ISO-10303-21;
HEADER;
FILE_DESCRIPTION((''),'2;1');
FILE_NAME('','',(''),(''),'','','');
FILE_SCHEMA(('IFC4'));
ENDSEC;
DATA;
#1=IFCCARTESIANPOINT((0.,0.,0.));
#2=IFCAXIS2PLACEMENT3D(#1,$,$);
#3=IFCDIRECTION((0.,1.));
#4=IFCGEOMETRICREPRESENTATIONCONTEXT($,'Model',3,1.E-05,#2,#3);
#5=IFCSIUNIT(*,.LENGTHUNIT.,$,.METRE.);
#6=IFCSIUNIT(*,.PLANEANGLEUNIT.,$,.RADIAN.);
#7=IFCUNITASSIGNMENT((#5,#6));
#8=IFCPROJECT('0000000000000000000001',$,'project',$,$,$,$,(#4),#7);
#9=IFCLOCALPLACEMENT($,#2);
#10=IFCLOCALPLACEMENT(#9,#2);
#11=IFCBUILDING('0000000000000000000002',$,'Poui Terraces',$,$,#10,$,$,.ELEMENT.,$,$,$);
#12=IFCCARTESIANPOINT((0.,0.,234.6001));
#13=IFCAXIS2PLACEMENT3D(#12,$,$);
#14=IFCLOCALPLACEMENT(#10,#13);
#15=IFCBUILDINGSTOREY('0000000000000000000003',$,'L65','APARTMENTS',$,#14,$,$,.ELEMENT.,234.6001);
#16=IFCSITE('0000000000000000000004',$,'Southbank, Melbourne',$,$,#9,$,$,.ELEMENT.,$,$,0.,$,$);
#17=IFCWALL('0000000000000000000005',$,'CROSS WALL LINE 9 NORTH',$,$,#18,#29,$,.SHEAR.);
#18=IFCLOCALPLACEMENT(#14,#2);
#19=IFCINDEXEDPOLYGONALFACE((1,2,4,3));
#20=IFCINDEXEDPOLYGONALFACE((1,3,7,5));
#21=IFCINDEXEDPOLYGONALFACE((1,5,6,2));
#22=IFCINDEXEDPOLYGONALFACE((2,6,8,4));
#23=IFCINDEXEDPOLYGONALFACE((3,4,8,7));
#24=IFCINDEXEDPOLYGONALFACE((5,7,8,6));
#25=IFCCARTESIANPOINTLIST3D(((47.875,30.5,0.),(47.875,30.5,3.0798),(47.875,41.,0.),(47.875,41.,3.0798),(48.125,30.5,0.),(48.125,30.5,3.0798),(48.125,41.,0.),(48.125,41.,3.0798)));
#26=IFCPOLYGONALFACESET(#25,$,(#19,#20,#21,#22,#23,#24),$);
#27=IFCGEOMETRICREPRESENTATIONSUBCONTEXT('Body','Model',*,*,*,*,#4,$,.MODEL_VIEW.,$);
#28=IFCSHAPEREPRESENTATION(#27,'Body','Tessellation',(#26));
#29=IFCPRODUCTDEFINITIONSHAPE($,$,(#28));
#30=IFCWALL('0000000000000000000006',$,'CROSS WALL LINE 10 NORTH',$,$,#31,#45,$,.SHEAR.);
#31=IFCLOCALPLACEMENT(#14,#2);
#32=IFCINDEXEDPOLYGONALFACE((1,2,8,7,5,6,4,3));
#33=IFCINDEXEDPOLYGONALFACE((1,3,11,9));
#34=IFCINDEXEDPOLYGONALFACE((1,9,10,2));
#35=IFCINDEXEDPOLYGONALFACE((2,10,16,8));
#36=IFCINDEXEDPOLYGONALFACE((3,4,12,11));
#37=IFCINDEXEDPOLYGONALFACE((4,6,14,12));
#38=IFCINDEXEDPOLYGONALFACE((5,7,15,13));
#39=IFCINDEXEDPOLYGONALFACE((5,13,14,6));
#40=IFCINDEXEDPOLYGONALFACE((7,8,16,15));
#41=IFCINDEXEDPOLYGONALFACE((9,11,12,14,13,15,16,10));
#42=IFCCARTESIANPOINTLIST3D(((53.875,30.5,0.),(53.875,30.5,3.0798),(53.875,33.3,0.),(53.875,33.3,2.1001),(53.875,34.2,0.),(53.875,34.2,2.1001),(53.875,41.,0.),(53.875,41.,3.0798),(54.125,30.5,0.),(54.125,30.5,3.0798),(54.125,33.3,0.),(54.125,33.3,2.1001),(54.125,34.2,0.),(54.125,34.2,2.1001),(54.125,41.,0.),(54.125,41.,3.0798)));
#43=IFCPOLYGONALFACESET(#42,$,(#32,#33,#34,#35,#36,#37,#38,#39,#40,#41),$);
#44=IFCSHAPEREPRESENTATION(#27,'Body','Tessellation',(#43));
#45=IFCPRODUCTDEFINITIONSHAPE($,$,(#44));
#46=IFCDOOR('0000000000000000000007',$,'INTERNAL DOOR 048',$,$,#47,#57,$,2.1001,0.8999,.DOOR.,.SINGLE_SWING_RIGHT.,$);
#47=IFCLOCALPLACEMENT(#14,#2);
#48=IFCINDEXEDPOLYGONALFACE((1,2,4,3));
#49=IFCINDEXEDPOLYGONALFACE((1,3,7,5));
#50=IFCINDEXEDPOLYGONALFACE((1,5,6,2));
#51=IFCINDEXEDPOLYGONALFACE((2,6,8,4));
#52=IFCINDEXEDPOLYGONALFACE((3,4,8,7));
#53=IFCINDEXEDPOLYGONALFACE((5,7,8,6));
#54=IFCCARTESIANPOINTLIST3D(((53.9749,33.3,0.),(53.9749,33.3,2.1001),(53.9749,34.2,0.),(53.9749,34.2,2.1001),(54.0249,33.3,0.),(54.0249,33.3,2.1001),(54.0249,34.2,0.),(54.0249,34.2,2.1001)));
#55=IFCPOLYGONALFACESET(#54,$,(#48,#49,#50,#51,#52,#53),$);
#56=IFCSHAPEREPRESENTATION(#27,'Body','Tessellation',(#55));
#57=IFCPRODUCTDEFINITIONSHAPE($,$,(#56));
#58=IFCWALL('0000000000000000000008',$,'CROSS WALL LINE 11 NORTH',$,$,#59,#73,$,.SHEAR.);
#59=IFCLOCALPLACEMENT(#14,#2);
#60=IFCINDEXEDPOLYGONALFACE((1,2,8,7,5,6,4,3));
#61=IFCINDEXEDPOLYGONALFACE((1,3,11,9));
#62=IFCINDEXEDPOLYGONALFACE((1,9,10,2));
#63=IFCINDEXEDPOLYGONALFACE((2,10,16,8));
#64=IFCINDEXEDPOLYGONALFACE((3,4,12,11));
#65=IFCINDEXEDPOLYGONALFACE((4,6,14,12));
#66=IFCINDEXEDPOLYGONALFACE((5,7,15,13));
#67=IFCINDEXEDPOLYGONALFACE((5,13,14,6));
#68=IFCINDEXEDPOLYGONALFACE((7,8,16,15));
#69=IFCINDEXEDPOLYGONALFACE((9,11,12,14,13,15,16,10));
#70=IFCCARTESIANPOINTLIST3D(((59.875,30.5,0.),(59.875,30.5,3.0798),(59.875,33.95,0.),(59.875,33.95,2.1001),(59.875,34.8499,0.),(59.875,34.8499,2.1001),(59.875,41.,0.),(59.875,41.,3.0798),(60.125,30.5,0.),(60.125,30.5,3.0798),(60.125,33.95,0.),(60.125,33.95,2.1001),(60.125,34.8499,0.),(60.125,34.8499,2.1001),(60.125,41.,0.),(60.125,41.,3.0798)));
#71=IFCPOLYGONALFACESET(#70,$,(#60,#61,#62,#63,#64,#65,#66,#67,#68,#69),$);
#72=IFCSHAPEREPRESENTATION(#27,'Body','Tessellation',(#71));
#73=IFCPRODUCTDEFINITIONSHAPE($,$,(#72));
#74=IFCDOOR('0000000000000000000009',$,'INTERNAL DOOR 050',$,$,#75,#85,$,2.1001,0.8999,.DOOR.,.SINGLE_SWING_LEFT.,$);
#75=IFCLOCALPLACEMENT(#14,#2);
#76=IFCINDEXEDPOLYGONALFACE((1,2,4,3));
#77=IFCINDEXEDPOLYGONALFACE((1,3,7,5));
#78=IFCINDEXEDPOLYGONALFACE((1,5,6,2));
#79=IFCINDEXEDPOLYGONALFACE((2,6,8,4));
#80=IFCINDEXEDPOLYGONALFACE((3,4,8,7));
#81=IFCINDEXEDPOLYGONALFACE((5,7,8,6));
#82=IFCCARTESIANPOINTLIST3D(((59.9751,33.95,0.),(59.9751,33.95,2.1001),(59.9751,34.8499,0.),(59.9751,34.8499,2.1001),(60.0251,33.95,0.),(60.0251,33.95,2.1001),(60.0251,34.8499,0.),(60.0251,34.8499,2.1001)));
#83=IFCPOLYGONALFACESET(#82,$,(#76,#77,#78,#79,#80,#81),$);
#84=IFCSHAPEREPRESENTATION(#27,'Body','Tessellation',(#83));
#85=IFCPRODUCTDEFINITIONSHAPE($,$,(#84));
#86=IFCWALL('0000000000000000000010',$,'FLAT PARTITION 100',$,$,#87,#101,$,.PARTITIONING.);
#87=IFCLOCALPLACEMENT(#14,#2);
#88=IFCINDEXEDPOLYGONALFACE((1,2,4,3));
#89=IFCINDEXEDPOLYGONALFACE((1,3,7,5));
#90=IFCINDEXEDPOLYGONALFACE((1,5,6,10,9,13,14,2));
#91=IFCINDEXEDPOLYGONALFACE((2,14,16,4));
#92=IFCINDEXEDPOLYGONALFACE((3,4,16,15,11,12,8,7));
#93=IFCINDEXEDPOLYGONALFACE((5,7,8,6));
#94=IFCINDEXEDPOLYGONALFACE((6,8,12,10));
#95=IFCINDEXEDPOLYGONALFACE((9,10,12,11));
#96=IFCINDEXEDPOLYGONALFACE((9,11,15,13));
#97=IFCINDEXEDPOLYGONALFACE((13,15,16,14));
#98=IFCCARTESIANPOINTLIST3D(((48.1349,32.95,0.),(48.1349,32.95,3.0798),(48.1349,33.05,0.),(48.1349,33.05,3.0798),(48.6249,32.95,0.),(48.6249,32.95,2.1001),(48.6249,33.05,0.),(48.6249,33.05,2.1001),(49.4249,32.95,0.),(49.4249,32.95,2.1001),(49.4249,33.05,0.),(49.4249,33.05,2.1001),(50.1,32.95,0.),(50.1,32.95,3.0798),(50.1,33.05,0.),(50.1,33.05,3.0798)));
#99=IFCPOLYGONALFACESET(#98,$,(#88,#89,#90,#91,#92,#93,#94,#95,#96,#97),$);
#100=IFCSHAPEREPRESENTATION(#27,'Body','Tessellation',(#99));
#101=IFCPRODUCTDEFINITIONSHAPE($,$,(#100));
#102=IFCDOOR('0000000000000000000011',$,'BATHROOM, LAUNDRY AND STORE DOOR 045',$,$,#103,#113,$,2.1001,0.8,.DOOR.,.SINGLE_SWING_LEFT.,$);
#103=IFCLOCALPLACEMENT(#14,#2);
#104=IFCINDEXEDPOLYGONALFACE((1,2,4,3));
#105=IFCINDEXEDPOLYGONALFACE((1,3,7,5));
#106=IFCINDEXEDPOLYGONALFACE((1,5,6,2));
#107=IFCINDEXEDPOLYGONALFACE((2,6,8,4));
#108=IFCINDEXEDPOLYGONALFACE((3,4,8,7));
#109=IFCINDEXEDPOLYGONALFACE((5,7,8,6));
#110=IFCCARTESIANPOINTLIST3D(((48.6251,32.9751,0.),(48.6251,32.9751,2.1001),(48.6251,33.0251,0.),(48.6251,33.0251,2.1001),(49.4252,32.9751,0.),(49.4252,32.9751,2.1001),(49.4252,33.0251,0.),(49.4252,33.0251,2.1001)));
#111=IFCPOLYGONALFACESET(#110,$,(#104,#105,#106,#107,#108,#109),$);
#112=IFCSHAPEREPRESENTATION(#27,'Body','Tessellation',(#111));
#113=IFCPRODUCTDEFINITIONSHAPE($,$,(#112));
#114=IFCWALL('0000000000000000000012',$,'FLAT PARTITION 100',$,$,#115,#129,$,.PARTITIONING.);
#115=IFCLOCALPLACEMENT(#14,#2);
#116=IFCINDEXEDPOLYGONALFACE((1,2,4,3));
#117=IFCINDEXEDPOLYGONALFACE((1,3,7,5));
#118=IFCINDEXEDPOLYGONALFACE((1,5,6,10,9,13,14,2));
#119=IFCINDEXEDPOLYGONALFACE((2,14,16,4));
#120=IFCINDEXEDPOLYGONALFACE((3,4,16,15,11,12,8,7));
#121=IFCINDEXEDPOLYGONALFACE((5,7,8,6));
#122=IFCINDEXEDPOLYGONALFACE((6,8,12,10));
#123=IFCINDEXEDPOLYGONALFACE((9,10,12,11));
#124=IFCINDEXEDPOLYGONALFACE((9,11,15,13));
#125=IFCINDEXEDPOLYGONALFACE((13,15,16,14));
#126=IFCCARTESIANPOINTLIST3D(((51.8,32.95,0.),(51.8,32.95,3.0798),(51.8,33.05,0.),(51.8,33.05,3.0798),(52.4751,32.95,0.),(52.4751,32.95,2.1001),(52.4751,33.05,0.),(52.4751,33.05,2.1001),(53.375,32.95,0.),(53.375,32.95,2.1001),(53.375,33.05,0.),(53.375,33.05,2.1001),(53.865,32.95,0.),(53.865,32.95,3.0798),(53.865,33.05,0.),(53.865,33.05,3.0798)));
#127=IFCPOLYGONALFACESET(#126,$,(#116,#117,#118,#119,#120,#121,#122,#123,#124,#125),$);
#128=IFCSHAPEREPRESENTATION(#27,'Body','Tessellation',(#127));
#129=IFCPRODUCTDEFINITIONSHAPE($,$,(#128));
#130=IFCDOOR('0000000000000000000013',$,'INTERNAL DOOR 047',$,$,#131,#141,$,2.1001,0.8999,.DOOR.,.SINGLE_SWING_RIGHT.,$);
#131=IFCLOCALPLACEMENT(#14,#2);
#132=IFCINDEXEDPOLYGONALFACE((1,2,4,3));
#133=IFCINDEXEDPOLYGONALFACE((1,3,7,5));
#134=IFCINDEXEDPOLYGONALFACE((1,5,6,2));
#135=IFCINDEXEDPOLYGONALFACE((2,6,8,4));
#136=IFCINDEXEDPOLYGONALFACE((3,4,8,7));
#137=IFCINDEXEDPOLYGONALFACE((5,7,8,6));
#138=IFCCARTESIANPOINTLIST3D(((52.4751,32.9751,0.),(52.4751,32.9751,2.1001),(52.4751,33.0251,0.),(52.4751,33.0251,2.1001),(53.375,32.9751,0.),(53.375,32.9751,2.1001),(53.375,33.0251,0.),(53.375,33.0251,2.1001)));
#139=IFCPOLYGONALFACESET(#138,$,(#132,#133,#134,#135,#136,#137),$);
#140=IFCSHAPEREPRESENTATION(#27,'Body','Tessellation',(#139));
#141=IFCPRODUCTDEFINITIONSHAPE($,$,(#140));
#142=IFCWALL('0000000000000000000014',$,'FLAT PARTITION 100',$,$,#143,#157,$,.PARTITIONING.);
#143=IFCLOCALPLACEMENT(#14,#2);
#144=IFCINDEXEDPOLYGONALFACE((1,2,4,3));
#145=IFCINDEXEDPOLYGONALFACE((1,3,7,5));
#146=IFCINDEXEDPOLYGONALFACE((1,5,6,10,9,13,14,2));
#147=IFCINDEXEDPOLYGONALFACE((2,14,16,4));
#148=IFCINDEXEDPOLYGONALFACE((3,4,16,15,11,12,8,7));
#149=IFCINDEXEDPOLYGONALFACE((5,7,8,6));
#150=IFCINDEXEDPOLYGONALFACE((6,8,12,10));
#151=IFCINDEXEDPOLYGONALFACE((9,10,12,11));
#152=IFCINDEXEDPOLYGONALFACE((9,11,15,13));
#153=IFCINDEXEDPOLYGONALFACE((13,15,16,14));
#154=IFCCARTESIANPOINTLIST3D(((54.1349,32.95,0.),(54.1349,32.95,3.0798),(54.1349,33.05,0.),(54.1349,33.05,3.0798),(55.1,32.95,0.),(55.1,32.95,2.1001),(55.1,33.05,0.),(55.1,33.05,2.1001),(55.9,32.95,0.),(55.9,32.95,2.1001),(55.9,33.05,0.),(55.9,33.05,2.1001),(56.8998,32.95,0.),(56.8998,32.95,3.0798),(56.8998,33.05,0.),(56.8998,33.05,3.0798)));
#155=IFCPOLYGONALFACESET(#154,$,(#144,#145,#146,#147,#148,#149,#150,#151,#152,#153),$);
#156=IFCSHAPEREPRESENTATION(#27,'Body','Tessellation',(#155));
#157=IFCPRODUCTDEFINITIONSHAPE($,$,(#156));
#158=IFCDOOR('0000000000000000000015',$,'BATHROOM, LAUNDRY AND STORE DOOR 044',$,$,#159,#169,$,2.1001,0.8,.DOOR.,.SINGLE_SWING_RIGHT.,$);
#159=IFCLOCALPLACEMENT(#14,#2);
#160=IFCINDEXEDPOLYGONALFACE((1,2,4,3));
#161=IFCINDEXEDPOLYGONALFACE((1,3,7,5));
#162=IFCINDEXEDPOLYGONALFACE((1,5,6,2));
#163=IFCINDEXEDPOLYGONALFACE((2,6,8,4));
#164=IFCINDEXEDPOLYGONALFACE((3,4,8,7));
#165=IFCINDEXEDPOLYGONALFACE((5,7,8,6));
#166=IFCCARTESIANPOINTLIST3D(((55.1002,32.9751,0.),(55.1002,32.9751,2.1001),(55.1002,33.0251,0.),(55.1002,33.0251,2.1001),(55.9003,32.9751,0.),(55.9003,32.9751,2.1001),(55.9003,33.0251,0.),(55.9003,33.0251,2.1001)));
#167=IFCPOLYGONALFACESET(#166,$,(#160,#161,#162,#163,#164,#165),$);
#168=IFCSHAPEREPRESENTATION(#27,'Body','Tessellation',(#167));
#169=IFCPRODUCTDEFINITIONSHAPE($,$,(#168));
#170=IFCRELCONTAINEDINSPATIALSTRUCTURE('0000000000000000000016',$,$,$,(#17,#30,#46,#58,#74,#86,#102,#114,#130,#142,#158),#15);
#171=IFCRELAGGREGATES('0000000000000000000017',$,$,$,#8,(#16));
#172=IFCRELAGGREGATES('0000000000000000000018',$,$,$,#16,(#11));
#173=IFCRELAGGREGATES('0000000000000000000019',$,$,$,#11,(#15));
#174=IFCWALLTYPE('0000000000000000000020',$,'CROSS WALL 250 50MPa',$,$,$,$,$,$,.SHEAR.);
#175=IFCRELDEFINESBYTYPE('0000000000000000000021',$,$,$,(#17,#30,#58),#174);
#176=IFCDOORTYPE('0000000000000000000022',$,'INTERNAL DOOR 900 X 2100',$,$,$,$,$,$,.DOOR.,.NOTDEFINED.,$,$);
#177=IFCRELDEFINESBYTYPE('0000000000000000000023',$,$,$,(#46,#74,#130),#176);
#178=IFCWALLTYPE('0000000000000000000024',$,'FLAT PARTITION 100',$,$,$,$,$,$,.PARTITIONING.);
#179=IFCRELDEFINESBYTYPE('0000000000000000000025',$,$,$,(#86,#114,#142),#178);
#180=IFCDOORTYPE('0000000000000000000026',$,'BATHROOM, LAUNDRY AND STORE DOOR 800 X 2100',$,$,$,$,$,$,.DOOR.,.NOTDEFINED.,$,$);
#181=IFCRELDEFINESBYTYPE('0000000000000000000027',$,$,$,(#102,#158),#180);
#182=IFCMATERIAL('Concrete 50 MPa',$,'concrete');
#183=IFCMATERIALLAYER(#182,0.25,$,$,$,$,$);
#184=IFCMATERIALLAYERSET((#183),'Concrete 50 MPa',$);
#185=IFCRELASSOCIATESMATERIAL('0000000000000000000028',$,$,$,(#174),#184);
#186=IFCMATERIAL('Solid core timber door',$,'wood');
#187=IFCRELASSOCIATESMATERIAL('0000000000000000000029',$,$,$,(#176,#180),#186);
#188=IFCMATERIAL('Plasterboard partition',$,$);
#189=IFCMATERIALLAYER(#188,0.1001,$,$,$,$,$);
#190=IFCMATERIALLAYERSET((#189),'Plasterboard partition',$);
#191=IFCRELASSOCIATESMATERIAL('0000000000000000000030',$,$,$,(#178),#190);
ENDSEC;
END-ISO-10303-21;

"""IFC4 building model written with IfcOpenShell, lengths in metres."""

from ifc_helpers import new_model, si_unit, direction, frame, frame_2d, origin, place, context, subcontext, project, spatial, rectangle, extrude, material, layer, layer_set, type_object, element, fill, save


model = new_model("IFC4")

# Units and contexts
model_context = context("Model", 3, precision=1e-05, world=origin(), true_north=direction((0.0, 1.0)))
body_context = subcontext(model_context, "Body", "Model", "MODEL_VIEW")
ifc_project = project(units=[si_unit("LENGTHUNIT", "METRE"), si_unit("PLANEANGLEUNIT", "RADIAN")], contexts=[model_context])

# Site, building, storey
site_placement = place(None, origin())
site = spatial("IfcSite", under=ifc_project, at=site_placement, Name="Southbank, Melbourne", CompositionType="ELEMENT", RefElevation=0.0)
building_placement = place(site_placement, origin())
building = spatial("IfcBuilding", under=site, at=building_placement, Name="Poui Terraces", CompositionType="ELEMENT")
storey_placement = place(building_placement, frame((0.0, 0.0, 234.6001)))
storey = spatial("IfcBuildingStorey", under=building, at=storey_placement, Name="L65", Description="APARTMENTS", CompositionType="ELEMENT", Elevation=234.6001)

# Wall
ifc_material_1 = material(Name="Concrete 50 MPa", Category="concrete")
ifc_layer_1 = layer(ifc_material_1, 0.25)
ifc_layer_set_1 = layer_set([ifc_layer_1], Name="Concrete 50 MPa")
wall_type_1 = type_object("IfcWallType", Name="CROSS WALL 250 50MPa", PredefinedType="SHEAR", material=ifc_layer_set_1)
wall_1_placement = place(storey_placement, frame((48.0, 30.5, 0.0), z_axis=(0.0, 0.0, 1.0), x_axis=(0.0, 1.0, 0.0)))
element("IfcWall", 1, at=wall_1_placement, inside=storey, type_object=wall_type_1, Name="CROSS WALL LINE 9 NORTH", PredefinedType="SHEAR", context=body_context, shape_type="SweptSolid", body=[
    extrude(rectangle(XDim=10.5, YDim=0.25, at=frame_2d((5.25, 0.0))), origin(), (0.0, 0.0, 1.0), 3.0798),
])

# Walls, openings, doors
wall_2_placement = place(storey_placement, frame((54.0, 30.5, 0.0), z_axis=(0.0, 0.0, 1.0), x_axis=(0.0, 1.0, 0.0)))
wall_2 = element("IfcWall", 2, at=wall_2_placement, inside=storey, type_object=wall_type_1, Name="CROSS WALL LINE 10 NORTH", PredefinedType="SHEAR", context=body_context, shape_type="SweptSolid", body=[
    extrude(rectangle(XDim=10.5, YDim=0.25, at=frame_2d((5.25, 0.0))), origin(), (0.0, 0.0, 1.0), 3.0798),
])
opening_1_placement = place(wall_2_placement, frame((2.8, 0.0, 0.0)))
opening_1 = element("IfcOpeningElement", 3, at=opening_1_placement, cuts=wall_2, PredefinedType="OPENING", context=body_context, shape_type="SweptSolid", body=[
    extrude(rectangle(XDim=0.8999, YDim=2.1001, at=frame_2d((0.45, 1.05))), frame((0.0, 0.135, 0.0), z_axis=(0.0, -1.0, 0.0), x_axis=(1.0, 0.0, 0.0)), (0.0, 0.0, 1.0), 0.27),
])
ifc_material_2 = material(Name="Solid core timber door", Category="wood")
door_type_1 = type_object("IfcDoorType", Name="INTERNAL DOOR 900 X 2100", OperationType="NOTDEFINED", PredefinedType="DOOR", material=ifc_material_2)
door_1_placement = place(opening_1_placement, frame((0.8999, 0.0, 0.0), z_axis=(0.0, 0.0, 1.0), x_axis=(-1.0, 0.0, 0.0)))
door_1 = element("IfcDoor", 4, at=door_1_placement, inside=storey, type_object=door_type_1, Name="INTERNAL DOOR 048", OperationType="SINGLE_SWING_RIGHT", OverallHeight=2.1001, OverallWidth=0.8999, PredefinedType="DOOR", context=body_context, shape_type="SweptSolid", body=[
    extrude(rectangle(XDim=0.8999, YDim=2.1001, at=frame_2d((0.45, 1.05))), frame((0.0, 0.0249, 0.0), z_axis=(0.0, -1.0, 0.0), x_axis=(1.0, 0.0, 0.0)), (0.0, 0.0, 1.0), 0.05),
])
fill(opening_1, door_1)
wall_3_placement = place(storey_placement, frame((60.0, 30.5, 0.0), z_axis=(0.0, 0.0, 1.0), x_axis=(0.0, 1.0, 0.0)))
wall_3 = element("IfcWall", 5, at=wall_3_placement, inside=storey, type_object=wall_type_1, Name="CROSS WALL LINE 11 NORTH", PredefinedType="SHEAR", context=body_context, shape_type="SweptSolid", body=[
    extrude(rectangle(XDim=10.5, YDim=0.25, at=frame_2d((5.25, 0.0))), origin(), (0.0, 0.0, 1.0), 3.0798),
])
opening_2_placement = place(wall_3_placement, frame((3.45, 0.0, 0.0)))
opening_2 = element("IfcOpeningElement", 6, at=opening_2_placement, cuts=wall_3, PredefinedType="OPENING", context=body_context, shape_type="SweptSolid", body=[
    extrude(rectangle(XDim=0.8999, YDim=2.1001, at=frame_2d((0.45, 1.05))), frame((0.0, 0.135, 0.0), z_axis=(0.0, -1.0, 0.0), x_axis=(1.0, 0.0, 0.0)), (0.0, 0.0, 1.0), 0.27),
])
door_2_placement = place(opening_2_placement, origin())
door_2 = element("IfcDoor", 7, at=door_2_placement, inside=storey, type_object=door_type_1, Name="INTERNAL DOOR 050", OperationType="SINGLE_SWING_LEFT", OverallHeight=2.1001, OverallWidth=0.8999, PredefinedType="DOOR", context=body_context, shape_type="SweptSolid", body=[
    extrude(rectangle(XDim=0.8999, YDim=2.1001, at=frame_2d((0.45, 1.05))), frame((0.0, 0.0249, 0.0), z_axis=(0.0, -1.0, 0.0), x_axis=(1.0, 0.0, 0.0)), (0.0, 0.0, 1.0), 0.05),
])
fill(opening_2, door_2)
ifc_material_3 = material(Name="Plasterboard partition")
ifc_layer_2 = layer(ifc_material_3, 0.1001)
ifc_layer_set_2 = layer_set([ifc_layer_2], Name="Plasterboard partition")
wall_type_2 = type_object("IfcWallType", Name="FLAT PARTITION 100", PredefinedType="PARTITIONING", material=ifc_layer_set_2)
wall_4_placement = place(storey_placement, frame((48.135, 33.0, 0.0), z_axis=(0.0, 0.0, 1.0), x_axis=(1.0, 0.0, 0.0)))
wall_4 = element("IfcWall", 8, at=wall_4_placement, inside=storey, type_object=wall_type_2, Name="FLAT PARTITION 100", PredefinedType="PARTITIONING", context=body_context, shape_type="SweptSolid", body=[
    extrude(rectangle(XDim=1.9651, YDim=0.1001, at=frame_2d((0.9824, 0.0))), origin(), (0.0, 0.0, 1.0), 3.0798),
])
opening_3_placement = place(wall_4_placement, frame((0.49, 0.0, 0.0)))
opening_3 = element("IfcOpeningElement", 9, at=opening_3_placement, cuts=wall_4, PredefinedType="OPENING", context=body_context, shape_type="SweptSolid", body=[
    extrude(rectangle(XDim=0.8, YDim=2.1001, at=frame_2d((0.3999, 1.05))), frame((0.0, 0.0601, 0.0), z_axis=(0.0, -1.0, 0.0), x_axis=(1.0, 0.0, 0.0)), (0.0, 0.0, 1.0), 0.1201),
])
door_type_2 = type_object("IfcDoorType", Name="BATHROOM, LAUNDRY AND STORE DOOR 800 X 2100", OperationType="NOTDEFINED", PredefinedType="DOOR", material=ifc_material_2)
door_3_placement = place(opening_3_placement, frame((0.8, 0.0, 0.0), z_axis=(0.0, 0.0, 1.0), x_axis=(-1.0, 0.0, 0.0)))
door_3 = element("IfcDoor", 10, at=door_3_placement, inside=storey, type_object=door_type_2, Name="BATHROOM, LAUNDRY AND STORE DOOR 045", OperationType="SINGLE_SWING_LEFT", OverallHeight=2.1001, OverallWidth=0.8, PredefinedType="DOOR", context=body_context, shape_type="SweptSolid", body=[
    extrude(rectangle(XDim=0.8, YDim=2.1001, at=frame_2d((0.3999, 1.05))), frame((0.0, 0.0249, 0.0), z_axis=(0.0, -1.0, 0.0), x_axis=(1.0, 0.0, 0.0)), (0.0, 0.0, 1.0), 0.05),
])
fill(opening_3, door_3)
wall_5_placement = place(storey_placement, frame((51.8, 33.0, 0.0), z_axis=(0.0, 0.0, 1.0), x_axis=(1.0, 0.0, 0.0)))
wall_5 = element("IfcWall", 11, at=wall_5_placement, inside=storey, type_object=wall_type_2, Name="FLAT PARTITION 100", PredefinedType="PARTITIONING", context=body_context, shape_type="SweptSolid", body=[
    extrude(rectangle(XDim=2.0649, YDim=0.1001, at=frame_2d((1.0325, 0.0))), origin(), (0.0, 0.0, 1.0), 3.0798),
])
opening_4_placement = place(wall_5_placement, frame((0.675, 0.0, 0.0)))
opening_4 = element("IfcOpeningElement", 12, at=opening_4_placement, cuts=wall_5, PredefinedType="OPENING", context=body_context, shape_type="SweptSolid", body=[
    extrude(rectangle(XDim=0.8999, YDim=2.1001, at=frame_2d((0.45, 1.05))), frame((0.0, 0.0601, 0.0), z_axis=(0.0, -1.0, 0.0), x_axis=(1.0, 0.0, 0.0)), (0.0, 0.0, 1.0), 0.1201),
])
door_4_placement = place(opening_4_placement, frame((0.8999, 0.0, 0.0), z_axis=(0.0, 0.0, 1.0), x_axis=(-1.0, 0.0, 0.0)))
door_4 = element("IfcDoor", 13, at=door_4_placement, inside=storey, type_object=door_type_1, Name="INTERNAL DOOR 047", OperationType="SINGLE_SWING_RIGHT", OverallHeight=2.1001, OverallWidth=0.8999, PredefinedType="DOOR", context=body_context, shape_type="SweptSolid", body=[
    extrude(rectangle(XDim=0.8999, YDim=2.1001, at=frame_2d((0.45, 1.05))), frame((0.0, 0.0249, 0.0), z_axis=(0.0, -1.0, 0.0), x_axis=(1.0, 0.0, 0.0)), (0.0, 0.0, 1.0), 0.05),
])
fill(opening_4, door_4)
wall_6_placement = place(storey_placement, frame((54.135, 33.0, 0.0), z_axis=(0.0, 0.0, 1.0), x_axis=(1.0, 0.0, 0.0)))
wall_6 = element("IfcWall", 14, at=wall_6_placement, inside=storey, type_object=wall_type_2, Name="FLAT PARTITION 100", PredefinedType="PARTITIONING", context=body_context, shape_type="SweptSolid", body=[
    extrude(rectangle(XDim=2.7649, YDim=0.1001, at=frame_2d((1.3823, 0.0))), origin(), (0.0, 0.0, 1.0), 3.0798),
])
opening_5_placement = place(wall_6_placement, frame((0.9651, 0.0, 0.0)))
opening_5 = element("IfcOpeningElement", 15, at=opening_5_placement, cuts=wall_6, PredefinedType="OPENING", context=body_context, shape_type="SweptSolid", body=[
    extrude(rectangle(XDim=0.8, YDim=2.1001, at=frame_2d((0.3999, 1.05))), frame((0.0, 0.0601, 0.0), z_axis=(0.0, -1.0, 0.0), x_axis=(1.0, 0.0, 0.0)), (0.0, 0.0, 1.0), 0.1201),
])
door_5_placement = place(opening_5_placement, frame((0.8, 0.0, 0.0), z_axis=(0.0, 0.0, 1.0), x_axis=(-1.0, 0.0, 0.0)))
door_5 = element("IfcDoor", 16, at=door_5_placement, inside=storey, type_object=door_type_2, Name="BATHROOM, LAUNDRY AND STORE DOOR 044", OperationType="SINGLE_SWING_RIGHT", OverallHeight=2.1001, OverallWidth=0.8, PredefinedType="DOOR", context=body_context, shape_type="SweptSolid", body=[
    extrude(rectangle(XDim=0.8, YDim=2.1001, at=frame_2d((0.3999, 1.05))), frame((0.0, 0.0249, 0.0), z_axis=(0.0, -1.0, 0.0), x_axis=(1.0, 0.0, 0.0)), (0.0, 0.0, 1.0), 0.05),
])
fill(opening_5, door_5)

save(model, "model.ifc")
